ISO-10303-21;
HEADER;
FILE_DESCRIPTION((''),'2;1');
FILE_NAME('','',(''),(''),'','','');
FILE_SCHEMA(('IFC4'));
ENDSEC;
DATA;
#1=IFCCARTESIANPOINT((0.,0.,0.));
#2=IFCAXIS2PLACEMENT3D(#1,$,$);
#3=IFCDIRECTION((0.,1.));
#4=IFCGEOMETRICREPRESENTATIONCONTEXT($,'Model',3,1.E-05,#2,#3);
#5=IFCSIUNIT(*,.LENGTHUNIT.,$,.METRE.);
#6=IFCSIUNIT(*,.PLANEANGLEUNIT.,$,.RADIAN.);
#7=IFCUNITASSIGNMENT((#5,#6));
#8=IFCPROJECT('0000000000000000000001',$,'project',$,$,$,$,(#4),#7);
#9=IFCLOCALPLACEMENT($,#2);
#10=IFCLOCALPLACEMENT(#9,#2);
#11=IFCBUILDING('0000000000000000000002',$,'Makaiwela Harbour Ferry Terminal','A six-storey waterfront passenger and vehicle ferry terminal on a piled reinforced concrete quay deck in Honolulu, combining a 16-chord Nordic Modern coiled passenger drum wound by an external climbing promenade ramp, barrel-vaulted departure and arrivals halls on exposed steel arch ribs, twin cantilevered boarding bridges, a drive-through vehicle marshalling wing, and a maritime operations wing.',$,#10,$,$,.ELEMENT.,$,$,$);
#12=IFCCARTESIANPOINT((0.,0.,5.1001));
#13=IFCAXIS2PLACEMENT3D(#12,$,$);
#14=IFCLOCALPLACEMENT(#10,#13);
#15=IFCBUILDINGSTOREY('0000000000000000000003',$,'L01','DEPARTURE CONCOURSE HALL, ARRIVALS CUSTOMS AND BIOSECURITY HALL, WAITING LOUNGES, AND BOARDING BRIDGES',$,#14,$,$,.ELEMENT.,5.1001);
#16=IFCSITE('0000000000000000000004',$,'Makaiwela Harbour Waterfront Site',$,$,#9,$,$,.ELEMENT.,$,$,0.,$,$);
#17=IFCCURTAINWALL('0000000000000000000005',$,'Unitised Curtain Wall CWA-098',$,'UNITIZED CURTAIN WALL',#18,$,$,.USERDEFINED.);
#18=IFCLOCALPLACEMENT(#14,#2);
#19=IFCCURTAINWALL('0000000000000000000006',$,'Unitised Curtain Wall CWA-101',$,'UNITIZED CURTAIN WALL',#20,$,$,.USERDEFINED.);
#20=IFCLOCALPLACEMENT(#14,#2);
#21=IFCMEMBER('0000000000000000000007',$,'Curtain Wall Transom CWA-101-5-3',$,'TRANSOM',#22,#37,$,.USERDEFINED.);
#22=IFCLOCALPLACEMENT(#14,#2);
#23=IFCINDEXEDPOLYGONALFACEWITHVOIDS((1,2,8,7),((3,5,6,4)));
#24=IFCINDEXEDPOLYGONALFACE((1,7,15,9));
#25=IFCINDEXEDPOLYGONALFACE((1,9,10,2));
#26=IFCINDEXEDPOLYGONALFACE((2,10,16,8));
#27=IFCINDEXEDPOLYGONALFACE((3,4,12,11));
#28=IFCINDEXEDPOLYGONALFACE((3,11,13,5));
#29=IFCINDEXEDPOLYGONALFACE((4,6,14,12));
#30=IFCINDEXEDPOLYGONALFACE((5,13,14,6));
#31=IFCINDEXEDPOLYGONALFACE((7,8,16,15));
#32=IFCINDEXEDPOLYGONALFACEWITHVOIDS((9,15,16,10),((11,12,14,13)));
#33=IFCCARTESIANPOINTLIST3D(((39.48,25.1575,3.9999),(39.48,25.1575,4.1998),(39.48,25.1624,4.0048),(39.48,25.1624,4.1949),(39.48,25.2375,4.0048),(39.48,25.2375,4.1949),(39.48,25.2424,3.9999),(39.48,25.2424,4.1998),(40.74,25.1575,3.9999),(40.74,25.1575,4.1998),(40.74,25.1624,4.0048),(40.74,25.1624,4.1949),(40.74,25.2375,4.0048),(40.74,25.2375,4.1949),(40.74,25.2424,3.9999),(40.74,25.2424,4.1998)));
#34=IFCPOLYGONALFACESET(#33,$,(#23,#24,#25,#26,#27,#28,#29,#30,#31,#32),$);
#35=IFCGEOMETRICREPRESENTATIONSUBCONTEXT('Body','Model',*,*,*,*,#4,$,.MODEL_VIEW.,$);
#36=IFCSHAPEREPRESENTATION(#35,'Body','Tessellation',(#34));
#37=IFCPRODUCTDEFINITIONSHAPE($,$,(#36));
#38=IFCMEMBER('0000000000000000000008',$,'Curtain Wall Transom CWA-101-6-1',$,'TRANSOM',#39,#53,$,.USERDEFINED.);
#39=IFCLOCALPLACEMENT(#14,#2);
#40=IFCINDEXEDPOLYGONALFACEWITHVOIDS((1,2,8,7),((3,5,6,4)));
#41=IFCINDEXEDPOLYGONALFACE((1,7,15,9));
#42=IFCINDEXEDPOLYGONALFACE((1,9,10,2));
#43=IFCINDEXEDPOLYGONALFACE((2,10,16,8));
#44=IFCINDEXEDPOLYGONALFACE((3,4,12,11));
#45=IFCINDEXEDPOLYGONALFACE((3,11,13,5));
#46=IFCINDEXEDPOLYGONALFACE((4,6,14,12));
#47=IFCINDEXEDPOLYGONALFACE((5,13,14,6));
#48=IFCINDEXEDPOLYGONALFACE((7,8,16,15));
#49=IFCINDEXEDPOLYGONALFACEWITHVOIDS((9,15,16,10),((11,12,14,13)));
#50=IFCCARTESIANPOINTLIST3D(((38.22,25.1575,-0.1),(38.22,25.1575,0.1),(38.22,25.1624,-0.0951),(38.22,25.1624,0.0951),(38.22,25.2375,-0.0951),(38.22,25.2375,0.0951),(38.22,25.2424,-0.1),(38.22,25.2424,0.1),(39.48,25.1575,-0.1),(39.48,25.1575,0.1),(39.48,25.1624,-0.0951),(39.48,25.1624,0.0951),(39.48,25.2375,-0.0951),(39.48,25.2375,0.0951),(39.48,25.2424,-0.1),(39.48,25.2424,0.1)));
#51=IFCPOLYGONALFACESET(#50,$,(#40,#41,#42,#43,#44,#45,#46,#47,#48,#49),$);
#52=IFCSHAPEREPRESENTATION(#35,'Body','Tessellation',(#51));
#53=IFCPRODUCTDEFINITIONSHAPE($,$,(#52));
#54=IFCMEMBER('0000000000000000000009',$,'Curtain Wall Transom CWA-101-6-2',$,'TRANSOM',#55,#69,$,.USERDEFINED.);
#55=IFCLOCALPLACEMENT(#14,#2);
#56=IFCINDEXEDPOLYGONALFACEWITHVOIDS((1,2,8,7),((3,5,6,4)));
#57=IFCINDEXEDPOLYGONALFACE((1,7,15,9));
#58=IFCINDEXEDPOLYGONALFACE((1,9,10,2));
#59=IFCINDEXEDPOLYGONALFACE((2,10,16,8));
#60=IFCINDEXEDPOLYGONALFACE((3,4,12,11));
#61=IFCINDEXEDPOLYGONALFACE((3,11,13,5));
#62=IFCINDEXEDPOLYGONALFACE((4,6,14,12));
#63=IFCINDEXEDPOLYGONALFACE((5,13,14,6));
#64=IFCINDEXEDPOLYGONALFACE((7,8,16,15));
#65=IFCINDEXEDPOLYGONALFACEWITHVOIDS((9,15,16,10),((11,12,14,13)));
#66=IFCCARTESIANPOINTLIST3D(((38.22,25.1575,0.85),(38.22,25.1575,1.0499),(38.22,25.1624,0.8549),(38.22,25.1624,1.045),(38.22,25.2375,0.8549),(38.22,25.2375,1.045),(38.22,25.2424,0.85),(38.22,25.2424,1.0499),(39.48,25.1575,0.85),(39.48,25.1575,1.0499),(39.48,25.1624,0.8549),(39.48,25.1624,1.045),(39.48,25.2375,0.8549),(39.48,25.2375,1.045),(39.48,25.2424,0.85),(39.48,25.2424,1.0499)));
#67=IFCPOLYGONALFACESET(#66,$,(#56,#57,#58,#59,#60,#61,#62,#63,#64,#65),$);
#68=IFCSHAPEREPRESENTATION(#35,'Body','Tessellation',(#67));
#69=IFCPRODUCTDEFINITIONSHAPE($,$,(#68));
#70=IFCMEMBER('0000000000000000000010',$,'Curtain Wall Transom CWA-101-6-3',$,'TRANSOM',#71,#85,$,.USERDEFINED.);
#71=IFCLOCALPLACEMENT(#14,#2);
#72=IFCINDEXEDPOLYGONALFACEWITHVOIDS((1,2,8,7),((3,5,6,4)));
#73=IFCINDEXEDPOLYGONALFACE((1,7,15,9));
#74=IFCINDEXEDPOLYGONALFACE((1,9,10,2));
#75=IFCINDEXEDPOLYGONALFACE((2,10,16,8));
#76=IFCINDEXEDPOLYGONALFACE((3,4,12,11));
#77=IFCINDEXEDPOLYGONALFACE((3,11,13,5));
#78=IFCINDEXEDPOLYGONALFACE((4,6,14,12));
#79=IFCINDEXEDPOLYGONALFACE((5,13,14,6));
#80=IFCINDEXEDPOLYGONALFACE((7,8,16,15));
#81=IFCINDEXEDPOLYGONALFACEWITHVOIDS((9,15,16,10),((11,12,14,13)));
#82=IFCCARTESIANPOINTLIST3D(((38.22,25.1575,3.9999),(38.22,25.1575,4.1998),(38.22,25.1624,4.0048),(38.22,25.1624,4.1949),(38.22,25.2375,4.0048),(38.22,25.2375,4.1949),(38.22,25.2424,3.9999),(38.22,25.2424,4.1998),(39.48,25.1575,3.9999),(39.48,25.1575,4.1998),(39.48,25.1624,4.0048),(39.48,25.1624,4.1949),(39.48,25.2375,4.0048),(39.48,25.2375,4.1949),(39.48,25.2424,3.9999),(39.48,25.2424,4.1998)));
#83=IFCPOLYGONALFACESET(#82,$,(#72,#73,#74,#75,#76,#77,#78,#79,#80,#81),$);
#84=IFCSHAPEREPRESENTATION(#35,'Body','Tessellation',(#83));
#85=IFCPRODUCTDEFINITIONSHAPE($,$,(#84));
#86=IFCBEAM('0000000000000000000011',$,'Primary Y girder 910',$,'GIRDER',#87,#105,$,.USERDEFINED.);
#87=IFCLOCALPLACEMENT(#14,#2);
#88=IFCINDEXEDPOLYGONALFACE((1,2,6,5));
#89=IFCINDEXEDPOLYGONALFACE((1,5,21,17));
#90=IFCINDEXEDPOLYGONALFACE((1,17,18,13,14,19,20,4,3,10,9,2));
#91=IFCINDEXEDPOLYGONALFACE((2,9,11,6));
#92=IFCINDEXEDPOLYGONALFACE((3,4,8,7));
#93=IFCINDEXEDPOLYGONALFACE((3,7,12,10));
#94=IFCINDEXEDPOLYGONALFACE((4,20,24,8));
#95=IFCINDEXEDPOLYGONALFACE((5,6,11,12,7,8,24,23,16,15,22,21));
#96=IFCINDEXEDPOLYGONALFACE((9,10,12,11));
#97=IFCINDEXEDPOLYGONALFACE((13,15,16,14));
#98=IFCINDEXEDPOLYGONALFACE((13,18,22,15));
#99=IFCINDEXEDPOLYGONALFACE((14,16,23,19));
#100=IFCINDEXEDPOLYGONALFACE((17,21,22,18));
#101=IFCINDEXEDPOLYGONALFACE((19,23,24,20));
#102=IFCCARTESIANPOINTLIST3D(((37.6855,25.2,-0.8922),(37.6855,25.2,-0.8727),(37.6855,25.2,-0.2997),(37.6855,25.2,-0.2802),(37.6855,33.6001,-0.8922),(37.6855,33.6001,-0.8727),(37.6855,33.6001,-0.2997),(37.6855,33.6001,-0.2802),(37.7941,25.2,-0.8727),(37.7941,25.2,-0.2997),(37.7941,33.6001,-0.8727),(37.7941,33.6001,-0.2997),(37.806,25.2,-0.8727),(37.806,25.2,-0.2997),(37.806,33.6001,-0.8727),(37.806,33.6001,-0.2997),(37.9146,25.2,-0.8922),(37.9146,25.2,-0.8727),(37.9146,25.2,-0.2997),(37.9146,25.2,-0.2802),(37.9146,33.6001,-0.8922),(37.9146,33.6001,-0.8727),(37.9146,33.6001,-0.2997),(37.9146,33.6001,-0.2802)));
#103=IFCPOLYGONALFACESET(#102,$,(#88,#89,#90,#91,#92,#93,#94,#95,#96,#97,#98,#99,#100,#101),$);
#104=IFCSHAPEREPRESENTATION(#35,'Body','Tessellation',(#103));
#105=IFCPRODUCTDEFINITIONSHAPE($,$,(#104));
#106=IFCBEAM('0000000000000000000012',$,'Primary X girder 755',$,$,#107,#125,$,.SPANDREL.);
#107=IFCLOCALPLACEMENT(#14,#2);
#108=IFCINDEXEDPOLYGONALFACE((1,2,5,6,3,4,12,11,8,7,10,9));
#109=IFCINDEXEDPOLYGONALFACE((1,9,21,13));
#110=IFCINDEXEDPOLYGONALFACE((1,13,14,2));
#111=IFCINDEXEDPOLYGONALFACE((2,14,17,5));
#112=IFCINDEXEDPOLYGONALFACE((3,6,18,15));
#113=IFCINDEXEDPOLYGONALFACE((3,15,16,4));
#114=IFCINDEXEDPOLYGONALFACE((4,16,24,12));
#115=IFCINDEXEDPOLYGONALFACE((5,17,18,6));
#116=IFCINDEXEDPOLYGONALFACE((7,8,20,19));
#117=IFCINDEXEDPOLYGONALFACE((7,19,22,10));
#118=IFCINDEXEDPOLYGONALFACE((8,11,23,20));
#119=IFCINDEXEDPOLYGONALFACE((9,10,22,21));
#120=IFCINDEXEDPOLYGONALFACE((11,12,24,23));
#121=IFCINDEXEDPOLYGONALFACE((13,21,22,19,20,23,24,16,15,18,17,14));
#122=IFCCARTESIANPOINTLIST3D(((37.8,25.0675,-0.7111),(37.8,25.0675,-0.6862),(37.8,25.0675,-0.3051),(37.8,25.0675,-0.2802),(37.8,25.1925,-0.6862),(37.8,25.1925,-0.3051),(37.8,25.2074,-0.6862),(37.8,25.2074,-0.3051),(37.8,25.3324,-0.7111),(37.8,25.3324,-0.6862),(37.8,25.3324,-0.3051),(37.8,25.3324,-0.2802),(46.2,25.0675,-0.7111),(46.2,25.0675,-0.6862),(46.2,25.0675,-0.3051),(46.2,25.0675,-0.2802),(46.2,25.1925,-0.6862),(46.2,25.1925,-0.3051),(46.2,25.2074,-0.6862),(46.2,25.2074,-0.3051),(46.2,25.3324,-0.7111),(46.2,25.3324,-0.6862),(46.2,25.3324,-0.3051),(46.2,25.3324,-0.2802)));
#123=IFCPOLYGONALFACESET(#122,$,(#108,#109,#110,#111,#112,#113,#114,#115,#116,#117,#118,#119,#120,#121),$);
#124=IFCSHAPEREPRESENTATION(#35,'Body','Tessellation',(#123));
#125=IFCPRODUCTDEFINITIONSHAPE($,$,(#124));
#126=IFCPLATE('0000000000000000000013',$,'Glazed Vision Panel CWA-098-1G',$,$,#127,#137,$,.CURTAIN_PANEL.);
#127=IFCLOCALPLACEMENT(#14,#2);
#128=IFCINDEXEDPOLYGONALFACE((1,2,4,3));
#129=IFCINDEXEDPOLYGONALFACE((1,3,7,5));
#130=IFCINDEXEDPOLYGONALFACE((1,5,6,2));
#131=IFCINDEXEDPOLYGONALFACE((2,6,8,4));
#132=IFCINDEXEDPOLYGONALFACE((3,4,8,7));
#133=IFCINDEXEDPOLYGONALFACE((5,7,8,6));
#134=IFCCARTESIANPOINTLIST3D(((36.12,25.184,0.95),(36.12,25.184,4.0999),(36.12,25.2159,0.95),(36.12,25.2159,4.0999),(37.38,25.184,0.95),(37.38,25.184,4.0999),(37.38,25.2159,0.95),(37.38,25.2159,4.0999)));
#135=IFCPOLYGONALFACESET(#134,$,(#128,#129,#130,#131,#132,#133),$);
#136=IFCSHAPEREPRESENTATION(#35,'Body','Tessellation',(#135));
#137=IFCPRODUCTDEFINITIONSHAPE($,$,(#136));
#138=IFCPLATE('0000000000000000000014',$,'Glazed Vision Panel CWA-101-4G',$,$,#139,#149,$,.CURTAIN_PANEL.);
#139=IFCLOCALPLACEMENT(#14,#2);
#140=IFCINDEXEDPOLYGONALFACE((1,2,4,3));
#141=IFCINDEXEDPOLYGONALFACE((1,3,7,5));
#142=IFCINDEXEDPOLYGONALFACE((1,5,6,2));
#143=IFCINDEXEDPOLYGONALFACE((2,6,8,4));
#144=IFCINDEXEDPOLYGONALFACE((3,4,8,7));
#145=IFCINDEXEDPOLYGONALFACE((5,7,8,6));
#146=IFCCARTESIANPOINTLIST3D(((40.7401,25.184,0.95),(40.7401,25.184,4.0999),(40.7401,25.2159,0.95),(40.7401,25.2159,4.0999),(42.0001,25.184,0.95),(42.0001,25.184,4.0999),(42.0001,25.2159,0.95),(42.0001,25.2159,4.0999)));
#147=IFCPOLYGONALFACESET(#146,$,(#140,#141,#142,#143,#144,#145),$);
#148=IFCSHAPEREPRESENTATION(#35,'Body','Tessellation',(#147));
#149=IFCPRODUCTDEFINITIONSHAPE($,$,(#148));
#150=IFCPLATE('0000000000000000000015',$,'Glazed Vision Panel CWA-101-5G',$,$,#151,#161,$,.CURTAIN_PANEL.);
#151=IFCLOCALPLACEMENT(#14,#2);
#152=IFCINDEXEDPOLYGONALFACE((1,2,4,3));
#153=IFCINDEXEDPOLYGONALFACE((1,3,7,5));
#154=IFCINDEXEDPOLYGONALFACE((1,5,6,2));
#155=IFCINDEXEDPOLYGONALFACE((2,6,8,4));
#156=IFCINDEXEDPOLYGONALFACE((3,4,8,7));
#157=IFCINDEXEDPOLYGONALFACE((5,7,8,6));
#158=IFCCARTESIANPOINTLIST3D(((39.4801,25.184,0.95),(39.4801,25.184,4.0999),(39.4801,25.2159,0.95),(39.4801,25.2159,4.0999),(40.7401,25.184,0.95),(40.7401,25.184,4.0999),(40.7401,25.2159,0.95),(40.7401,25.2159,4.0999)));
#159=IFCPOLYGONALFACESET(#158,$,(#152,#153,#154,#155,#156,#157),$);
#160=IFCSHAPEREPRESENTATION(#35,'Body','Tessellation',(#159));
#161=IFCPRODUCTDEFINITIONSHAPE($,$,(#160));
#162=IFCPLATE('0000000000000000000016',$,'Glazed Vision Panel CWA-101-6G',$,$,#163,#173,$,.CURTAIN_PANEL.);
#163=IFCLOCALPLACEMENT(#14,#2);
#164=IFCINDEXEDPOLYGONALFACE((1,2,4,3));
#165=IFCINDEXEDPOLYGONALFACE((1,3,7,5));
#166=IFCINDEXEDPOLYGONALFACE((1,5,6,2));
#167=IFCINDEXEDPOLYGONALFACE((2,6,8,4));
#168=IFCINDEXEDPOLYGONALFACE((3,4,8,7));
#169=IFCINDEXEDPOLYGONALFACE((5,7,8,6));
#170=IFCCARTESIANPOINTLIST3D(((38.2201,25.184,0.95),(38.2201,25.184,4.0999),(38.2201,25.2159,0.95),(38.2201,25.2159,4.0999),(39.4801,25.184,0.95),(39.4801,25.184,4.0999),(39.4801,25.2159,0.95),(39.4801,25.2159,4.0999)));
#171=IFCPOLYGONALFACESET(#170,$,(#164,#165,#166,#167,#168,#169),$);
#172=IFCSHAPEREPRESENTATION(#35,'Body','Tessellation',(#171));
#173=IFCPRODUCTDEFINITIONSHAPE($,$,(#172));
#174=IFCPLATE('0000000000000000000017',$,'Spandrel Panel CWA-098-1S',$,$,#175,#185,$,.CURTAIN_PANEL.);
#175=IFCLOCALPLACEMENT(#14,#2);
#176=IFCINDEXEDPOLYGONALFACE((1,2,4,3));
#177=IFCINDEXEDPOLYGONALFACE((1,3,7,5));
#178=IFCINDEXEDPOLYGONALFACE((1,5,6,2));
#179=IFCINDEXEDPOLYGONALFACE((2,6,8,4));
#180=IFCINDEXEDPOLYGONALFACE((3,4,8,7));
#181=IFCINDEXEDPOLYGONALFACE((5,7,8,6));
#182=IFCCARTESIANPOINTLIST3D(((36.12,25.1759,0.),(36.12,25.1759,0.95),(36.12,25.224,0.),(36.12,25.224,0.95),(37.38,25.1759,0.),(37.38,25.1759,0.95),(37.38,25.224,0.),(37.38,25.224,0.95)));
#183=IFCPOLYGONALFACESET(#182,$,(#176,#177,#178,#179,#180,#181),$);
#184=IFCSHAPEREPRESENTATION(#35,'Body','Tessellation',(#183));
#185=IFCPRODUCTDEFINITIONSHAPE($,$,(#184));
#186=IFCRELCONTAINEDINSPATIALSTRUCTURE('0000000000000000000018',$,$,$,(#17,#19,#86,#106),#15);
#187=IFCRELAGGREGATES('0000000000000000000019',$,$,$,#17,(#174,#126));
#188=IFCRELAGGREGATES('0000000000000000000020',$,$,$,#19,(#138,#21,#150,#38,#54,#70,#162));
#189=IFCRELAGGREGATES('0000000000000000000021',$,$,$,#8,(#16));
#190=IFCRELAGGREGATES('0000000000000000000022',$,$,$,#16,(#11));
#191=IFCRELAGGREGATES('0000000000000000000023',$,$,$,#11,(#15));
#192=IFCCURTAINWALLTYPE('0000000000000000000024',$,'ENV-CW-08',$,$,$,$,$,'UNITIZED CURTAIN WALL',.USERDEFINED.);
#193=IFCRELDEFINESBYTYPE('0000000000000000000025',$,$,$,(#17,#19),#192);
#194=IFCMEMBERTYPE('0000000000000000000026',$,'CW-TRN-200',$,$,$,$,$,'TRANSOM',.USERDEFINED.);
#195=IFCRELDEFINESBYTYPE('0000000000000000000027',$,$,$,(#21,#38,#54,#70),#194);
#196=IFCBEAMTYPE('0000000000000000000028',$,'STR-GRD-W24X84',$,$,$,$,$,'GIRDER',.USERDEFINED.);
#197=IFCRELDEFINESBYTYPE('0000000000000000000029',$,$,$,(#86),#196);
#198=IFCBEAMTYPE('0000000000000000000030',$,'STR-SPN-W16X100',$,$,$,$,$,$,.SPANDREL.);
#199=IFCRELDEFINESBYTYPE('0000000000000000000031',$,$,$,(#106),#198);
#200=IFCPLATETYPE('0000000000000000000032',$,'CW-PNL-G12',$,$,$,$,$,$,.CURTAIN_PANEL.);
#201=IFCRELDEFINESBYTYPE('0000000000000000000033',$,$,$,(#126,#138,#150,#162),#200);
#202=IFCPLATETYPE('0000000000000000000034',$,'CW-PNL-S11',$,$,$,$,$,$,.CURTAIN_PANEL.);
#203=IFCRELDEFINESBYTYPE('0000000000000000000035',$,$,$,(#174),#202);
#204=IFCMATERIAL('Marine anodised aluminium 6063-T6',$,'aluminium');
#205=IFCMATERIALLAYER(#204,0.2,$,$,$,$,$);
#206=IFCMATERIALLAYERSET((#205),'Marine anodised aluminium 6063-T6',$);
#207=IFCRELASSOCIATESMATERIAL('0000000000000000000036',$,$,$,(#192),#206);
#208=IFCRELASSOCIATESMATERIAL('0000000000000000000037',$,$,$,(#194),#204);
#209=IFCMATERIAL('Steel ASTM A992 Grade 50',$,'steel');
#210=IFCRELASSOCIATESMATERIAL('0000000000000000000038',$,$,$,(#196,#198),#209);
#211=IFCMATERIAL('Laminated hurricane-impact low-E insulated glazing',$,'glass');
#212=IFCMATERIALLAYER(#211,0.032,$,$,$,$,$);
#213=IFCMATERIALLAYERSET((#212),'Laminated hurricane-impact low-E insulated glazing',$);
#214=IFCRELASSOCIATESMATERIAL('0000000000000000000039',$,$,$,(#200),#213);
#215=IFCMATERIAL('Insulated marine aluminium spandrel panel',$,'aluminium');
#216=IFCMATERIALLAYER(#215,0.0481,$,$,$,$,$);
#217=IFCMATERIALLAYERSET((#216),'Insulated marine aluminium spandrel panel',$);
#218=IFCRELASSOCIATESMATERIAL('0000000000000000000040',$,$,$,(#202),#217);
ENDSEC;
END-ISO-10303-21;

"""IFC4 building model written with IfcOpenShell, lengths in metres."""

from ifc_helpers import new_model, si_unit, direction, frame, origin, origin_2d, place, context, subcontext, project, spatial, rectangle, hollow_rectangle, i_section, extrude, material, layer, layer_set, material_profile, profile_set, type_object, element, aggregate, save


model = new_model("IFC4")

# Units and contexts
model_context = context("Model", 3, precision=1e-05, world=origin(), true_north=direction((0.0, 1.0)))
body_context = subcontext(model_context, "Body", "Model", "MODEL_VIEW")
ifc_project = project(units=[si_unit("LENGTHUNIT", "METRE"), si_unit("PLANEANGLEUNIT", "RADIAN")], contexts=[model_context])

# Site, building, storey
site_placement = place(None, origin())
site = spatial("IfcSite", under=ifc_project, at=site_placement, Name="Makaiwela Harbour Waterfront Site", CompositionType="ELEMENT", RefElevation=0.0)
building_placement = place(site_placement, origin())
building = spatial("IfcBuilding", under=site, at=building_placement, Name="Makaiwela Harbour Ferry Terminal", Description="A six-storey waterfront passenger and vehicle ferry terminal on a piled reinforced concrete quay deck in Honolulu, combining a 16-chord Nordic Modern coiled passenger drum wound by an external climbing promenade ramp, barrel-vaulted departure and arrivals halls on exposed steel arch ribs, twin cantilevered boarding bridges, a drive-through vehicle marshalling wing, and a maritime operations wing.", CompositionType="ELEMENT")
storey_placement = place(building_placement, frame((0.0, 0.0, 5.1001)))
storey = spatial("IfcBuildingStorey", under=building, at=storey_placement, Name="L01", Description="DEPARTURE CONCOURSE HALL, ARRIVALS CUSTOMS AND BIOSECURITY HALL, WAITING LOUNGES, AND BOARDING BRIDGES", CompositionType="ELEMENT", Elevation=5.1001)

# Shared definitions
ifc_material_1 = material(Name="Steel ASTM A992 Grade 50", Category="steel")

# Curtain wall
ifc_material_2 = material(Name="Marine anodised aluminium 6063-T6", Category="aluminium")
ifc_layer_1 = layer(ifc_material_2, 0.2)
ifc_layer_set_1 = layer_set([ifc_layer_1], Name="Marine anodised aluminium 6063-T6")
curtain_wall_type = type_object("IfcCurtainWallType", Name="ENV-CW-08", ElementType="UNITIZED CURTAIN WALL", PredefinedType="USERDEFINED", material=ifc_layer_set_1)
curtain_wall_1_placement = place(storey_placement, origin())
curtain_wall_1 = element("IfcCurtainWall", 1, at=curtain_wall_1_placement, inside=storey, type_object=curtain_wall_type, Name="Unitised Curtain Wall CWA-098", ObjectType="UNITIZED CURTAIN WALL", PredefinedType="USERDEFINED")

# Curtain wall
curtain_wall_2_placement = place(storey_placement, origin())
curtain_wall_2 = element("IfcCurtainWall", 2, at=curtain_wall_2_placement, inside=storey, type_object=curtain_wall_type, Name="Unitised Curtain Wall CWA-101", ObjectType="UNITIZED CURTAIN WALL", PredefinedType="USERDEFINED")

# Members
ifc_material_profile_1 = material_profile(ifc_material_2, hollow_rectangle(XDim=0.085, YDim=0.2, WallThickness=0.0049, at=origin_2d()), Name="CWT-200X85")
ifc_profile_set_1 = profile_set([ifc_material_profile_1], Name="Marine anodised aluminium 6063-T6")
member_type_1 = type_object("IfcMemberType", Name="CW-TRN-200", ElementType="TRANSOM", PredefinedType="USERDEFINED", material=ifc_profile_set_1)
member_1_placement = place(storey_placement, frame((40.74, 25.2, 4.0999), z_axis=(-1.0, 0.0, 0.0), x_axis=(0.0, -1.0, 0.0)))
member_1 = element("IfcMember", 3, at=member_1_placement, type_object=member_type_1, Name="Curtain Wall Transom CWA-101-5-3", ObjectType="TRANSOM", PredefinedType="USERDEFINED", context=body_context, shape_type="SweptSolid", body=[
    extrude(hollow_rectangle(XDim=0.085, YDim=0.2, WallThickness=0.0049, at=origin_2d()), origin(), (0.0, 0.0, 1.0), 1.26),
])
member_2_placement = place(storey_placement, frame((39.48, 25.2, 0.0), z_axis=(-1.0, 0.0, 0.0), x_axis=(0.0, -1.0, 0.0)))
member_2 = element("IfcMember", 4, at=member_2_placement, type_object=member_type_1, Name="Curtain Wall Transom CWA-101-6-1", ObjectType="TRANSOM", PredefinedType="USERDEFINED", context=body_context, shape_type="SweptSolid", body=[
    extrude(hollow_rectangle(XDim=0.085, YDim=0.2, WallThickness=0.0049, at=origin_2d()), origin(), (0.0, 0.0, 1.0), 1.26),
])
member_3_placement = place(storey_placement, frame((39.48, 25.2, 0.95), z_axis=(-1.0, 0.0, 0.0), x_axis=(0.0, -1.0, 0.0)))
member_3 = element("IfcMember", 5, at=member_3_placement, type_object=member_type_1, Name="Curtain Wall Transom CWA-101-6-2", ObjectType="TRANSOM", PredefinedType="USERDEFINED", context=body_context, shape_type="SweptSolid", body=[
    extrude(hollow_rectangle(XDim=0.085, YDim=0.2, WallThickness=0.0049, at=origin_2d()), origin(), (0.0, 0.0, 1.0), 1.26),
])
member_4_placement = place(storey_placement, frame((39.48, 25.2, 4.0999), z_axis=(-1.0, 0.0, 0.0), x_axis=(0.0, -1.0, 0.0)))
member_4 = element("IfcMember", 6, at=member_4_placement, type_object=member_type_1, Name="Curtain Wall Transom CWA-101-6-3", ObjectType="TRANSOM", PredefinedType="USERDEFINED", context=body_context, shape_type="SweptSolid", body=[
    extrude(hollow_rectangle(XDim=0.085, YDim=0.2, WallThickness=0.0049, at=origin_2d()), origin(), (0.0, 0.0, 1.0), 1.26),
])

# Beams
ifc_material_profile_2 = material_profile(ifc_material_1, i_section(OverallWidth=0.229, OverallDepth=0.6121, WebThickness=0.012, FlangeThickness=0.0195, at=origin_2d()), Name="W24X84")
ifc_profile_set_2 = profile_set([ifc_material_profile_2], Name="Steel ASTM A992 Grade 50")
beam_type_1 = type_object("IfcBeamType", Name="STR-GRD-W24X84", ElementType="GIRDER", PredefinedType="USERDEFINED", material=ifc_profile_set_2)
beam_1_placement = place(storey_placement, frame((37.8, 25.2, -0.5862), z_axis=(0.0, 1.0, 0.0), x_axis=(-1.0, 0.0, 0.0)))
element("IfcBeam", 7, at=beam_1_placement, inside=storey, type_object=beam_type_1, Name="Primary Y girder 910", ObjectType="GIRDER", PredefinedType="USERDEFINED", context=body_context, shape_type="SweptSolid", body=[
    extrude(i_section(OverallWidth=0.229, OverallDepth=0.6121, WebThickness=0.012, FlangeThickness=0.0195, at=origin_2d()), origin(), (0.0, 0.0, 1.0), 8.4001),
])
ifc_material_profile_3 = material_profile(ifc_material_1, i_section(OverallWidth=0.2649, OverallDepth=0.4309, WebThickness=0.0149, FlangeThickness=0.0249, at=origin_2d()), Name="W16X100")
ifc_profile_set_3 = profile_set([ifc_material_profile_3], Name="Steel ASTM A992 Grade 50")
beam_type_2 = type_object("IfcBeamType", Name="STR-SPN-W16X100", PredefinedType="SPANDREL", material=ifc_profile_set_3)
beam_2_placement = place(storey_placement, frame((37.8, 25.2, -0.4956), z_axis=(1.0, 0.0, 0.0), x_axis=(0.0, 1.0, 0.0)))
element("IfcBeam", 8, at=beam_2_placement, inside=storey, type_object=beam_type_2, Name="Primary X girder 755", PredefinedType="SPANDREL", context=body_context, shape_type="SweptSolid", body=[
    extrude(i_section(OverallWidth=0.2649, OverallDepth=0.4309, WebThickness=0.0149, FlangeThickness=0.0249, at=origin_2d()), origin(), (0.0, 0.0, 1.0), 8.3999),
])

# Plates
ifc_material_3 = material(Name="Laminated hurricane-impact low-E insulated glazing", Category="glass")
ifc_layer_2 = layer(ifc_material_3, 0.032)
ifc_layer_set_2 = layer_set([ifc_layer_2], Name="Laminated hurricane-impact low-E insulated glazing")
plate_type_1 = type_object("IfcPlateType", Name="CW-PNL-G12", PredefinedType="CURTAIN_PANEL", material=ifc_layer_set_2)
plate_1_placement = place(storey_placement, frame((36.75, 25.2, 0.95), z_axis=(0.0, 0.0, 1.0), x_axis=(-1.0, 0.0, 0.0)))
plate_1 = element("IfcPlate", 9, at=plate_1_placement, type_object=plate_type_1, Name="Glazed Vision Panel CWA-098-1G", PredefinedType="CURTAIN_PANEL", context=body_context, shape_type="SweptSolid", body=[
    extrude(rectangle(XDim=1.26, YDim=0.032, at=origin_2d()), origin(), (0.0, 0.0, 1.0), 3.1499),
])
plate_2_placement = place(storey_placement, frame((41.3701, 25.2, 0.95), z_axis=(0.0, 0.0, 1.0), x_axis=(-1.0, 0.0, 0.0)))
plate_2 = element("IfcPlate", 10, at=plate_2_placement, type_object=plate_type_1, Name="Glazed Vision Panel CWA-101-4G", PredefinedType="CURTAIN_PANEL", context=body_context, shape_type="SweptSolid", body=[
    extrude(rectangle(XDim=1.26, YDim=0.032, at=origin_2d()), origin(), (0.0, 0.0, 1.0), 3.1499),
])
plate_3_placement = place(storey_placement, frame((40.1101, 25.2, 0.95), z_axis=(0.0, 0.0, 1.0), x_axis=(-1.0, 0.0, 0.0)))
plate_3 = element("IfcPlate", 11, at=plate_3_placement, type_object=plate_type_1, Name="Glazed Vision Panel CWA-101-5G", PredefinedType="CURTAIN_PANEL", context=body_context, shape_type="SweptSolid", body=[
    extrude(rectangle(XDim=1.26, YDim=0.032, at=origin_2d()), origin(), (0.0, 0.0, 1.0), 3.1499),
])
plate_4_placement = place(storey_placement, frame((38.8501, 25.2, 0.95), z_axis=(0.0, 0.0, 1.0), x_axis=(-1.0, 0.0, 0.0)))
plate_4 = element("IfcPlate", 12, at=plate_4_placement, type_object=plate_type_1, Name="Glazed Vision Panel CWA-101-6G", PredefinedType="CURTAIN_PANEL", context=body_context, shape_type="SweptSolid", body=[
    extrude(rectangle(XDim=1.26, YDim=0.032, at=origin_2d()), origin(), (0.0, 0.0, 1.0), 3.1499),
])
ifc_material_4 = material(Name="Insulated marine aluminium spandrel panel", Category="aluminium")
ifc_layer_3 = layer(ifc_material_4, 0.0481)
ifc_layer_set_3 = layer_set([ifc_layer_3], Name="Insulated marine aluminium spandrel panel")
plate_type_2 = type_object("IfcPlateType", Name="CW-PNL-S11", PredefinedType="CURTAIN_PANEL", material=ifc_layer_set_3)
plate_5_placement = place(storey_placement, frame((36.75, 25.2, 0.0), z_axis=(0.0, 0.0, 1.0), x_axis=(-1.0, 0.0, 0.0)))
plate_5 = element("IfcPlate", 13, at=plate_5_placement, type_object=plate_type_2, Name="Spandrel Panel CWA-098-1S", PredefinedType="CURTAIN_PANEL", context=body_context, shape_type="SweptSolid", body=[
    extrude(rectangle(XDim=1.26, YDim=0.0481, at=origin_2d()), origin(), (0.0, 0.0, 1.0), 0.95),
])
aggregate(curtain_wall_1, [plate_5, plate_1])
aggregate(curtain_wall_2, [plate_2, member_1, plate_3, member_2, member_3, member_4, plate_4])

save(model, "model.ifc")
